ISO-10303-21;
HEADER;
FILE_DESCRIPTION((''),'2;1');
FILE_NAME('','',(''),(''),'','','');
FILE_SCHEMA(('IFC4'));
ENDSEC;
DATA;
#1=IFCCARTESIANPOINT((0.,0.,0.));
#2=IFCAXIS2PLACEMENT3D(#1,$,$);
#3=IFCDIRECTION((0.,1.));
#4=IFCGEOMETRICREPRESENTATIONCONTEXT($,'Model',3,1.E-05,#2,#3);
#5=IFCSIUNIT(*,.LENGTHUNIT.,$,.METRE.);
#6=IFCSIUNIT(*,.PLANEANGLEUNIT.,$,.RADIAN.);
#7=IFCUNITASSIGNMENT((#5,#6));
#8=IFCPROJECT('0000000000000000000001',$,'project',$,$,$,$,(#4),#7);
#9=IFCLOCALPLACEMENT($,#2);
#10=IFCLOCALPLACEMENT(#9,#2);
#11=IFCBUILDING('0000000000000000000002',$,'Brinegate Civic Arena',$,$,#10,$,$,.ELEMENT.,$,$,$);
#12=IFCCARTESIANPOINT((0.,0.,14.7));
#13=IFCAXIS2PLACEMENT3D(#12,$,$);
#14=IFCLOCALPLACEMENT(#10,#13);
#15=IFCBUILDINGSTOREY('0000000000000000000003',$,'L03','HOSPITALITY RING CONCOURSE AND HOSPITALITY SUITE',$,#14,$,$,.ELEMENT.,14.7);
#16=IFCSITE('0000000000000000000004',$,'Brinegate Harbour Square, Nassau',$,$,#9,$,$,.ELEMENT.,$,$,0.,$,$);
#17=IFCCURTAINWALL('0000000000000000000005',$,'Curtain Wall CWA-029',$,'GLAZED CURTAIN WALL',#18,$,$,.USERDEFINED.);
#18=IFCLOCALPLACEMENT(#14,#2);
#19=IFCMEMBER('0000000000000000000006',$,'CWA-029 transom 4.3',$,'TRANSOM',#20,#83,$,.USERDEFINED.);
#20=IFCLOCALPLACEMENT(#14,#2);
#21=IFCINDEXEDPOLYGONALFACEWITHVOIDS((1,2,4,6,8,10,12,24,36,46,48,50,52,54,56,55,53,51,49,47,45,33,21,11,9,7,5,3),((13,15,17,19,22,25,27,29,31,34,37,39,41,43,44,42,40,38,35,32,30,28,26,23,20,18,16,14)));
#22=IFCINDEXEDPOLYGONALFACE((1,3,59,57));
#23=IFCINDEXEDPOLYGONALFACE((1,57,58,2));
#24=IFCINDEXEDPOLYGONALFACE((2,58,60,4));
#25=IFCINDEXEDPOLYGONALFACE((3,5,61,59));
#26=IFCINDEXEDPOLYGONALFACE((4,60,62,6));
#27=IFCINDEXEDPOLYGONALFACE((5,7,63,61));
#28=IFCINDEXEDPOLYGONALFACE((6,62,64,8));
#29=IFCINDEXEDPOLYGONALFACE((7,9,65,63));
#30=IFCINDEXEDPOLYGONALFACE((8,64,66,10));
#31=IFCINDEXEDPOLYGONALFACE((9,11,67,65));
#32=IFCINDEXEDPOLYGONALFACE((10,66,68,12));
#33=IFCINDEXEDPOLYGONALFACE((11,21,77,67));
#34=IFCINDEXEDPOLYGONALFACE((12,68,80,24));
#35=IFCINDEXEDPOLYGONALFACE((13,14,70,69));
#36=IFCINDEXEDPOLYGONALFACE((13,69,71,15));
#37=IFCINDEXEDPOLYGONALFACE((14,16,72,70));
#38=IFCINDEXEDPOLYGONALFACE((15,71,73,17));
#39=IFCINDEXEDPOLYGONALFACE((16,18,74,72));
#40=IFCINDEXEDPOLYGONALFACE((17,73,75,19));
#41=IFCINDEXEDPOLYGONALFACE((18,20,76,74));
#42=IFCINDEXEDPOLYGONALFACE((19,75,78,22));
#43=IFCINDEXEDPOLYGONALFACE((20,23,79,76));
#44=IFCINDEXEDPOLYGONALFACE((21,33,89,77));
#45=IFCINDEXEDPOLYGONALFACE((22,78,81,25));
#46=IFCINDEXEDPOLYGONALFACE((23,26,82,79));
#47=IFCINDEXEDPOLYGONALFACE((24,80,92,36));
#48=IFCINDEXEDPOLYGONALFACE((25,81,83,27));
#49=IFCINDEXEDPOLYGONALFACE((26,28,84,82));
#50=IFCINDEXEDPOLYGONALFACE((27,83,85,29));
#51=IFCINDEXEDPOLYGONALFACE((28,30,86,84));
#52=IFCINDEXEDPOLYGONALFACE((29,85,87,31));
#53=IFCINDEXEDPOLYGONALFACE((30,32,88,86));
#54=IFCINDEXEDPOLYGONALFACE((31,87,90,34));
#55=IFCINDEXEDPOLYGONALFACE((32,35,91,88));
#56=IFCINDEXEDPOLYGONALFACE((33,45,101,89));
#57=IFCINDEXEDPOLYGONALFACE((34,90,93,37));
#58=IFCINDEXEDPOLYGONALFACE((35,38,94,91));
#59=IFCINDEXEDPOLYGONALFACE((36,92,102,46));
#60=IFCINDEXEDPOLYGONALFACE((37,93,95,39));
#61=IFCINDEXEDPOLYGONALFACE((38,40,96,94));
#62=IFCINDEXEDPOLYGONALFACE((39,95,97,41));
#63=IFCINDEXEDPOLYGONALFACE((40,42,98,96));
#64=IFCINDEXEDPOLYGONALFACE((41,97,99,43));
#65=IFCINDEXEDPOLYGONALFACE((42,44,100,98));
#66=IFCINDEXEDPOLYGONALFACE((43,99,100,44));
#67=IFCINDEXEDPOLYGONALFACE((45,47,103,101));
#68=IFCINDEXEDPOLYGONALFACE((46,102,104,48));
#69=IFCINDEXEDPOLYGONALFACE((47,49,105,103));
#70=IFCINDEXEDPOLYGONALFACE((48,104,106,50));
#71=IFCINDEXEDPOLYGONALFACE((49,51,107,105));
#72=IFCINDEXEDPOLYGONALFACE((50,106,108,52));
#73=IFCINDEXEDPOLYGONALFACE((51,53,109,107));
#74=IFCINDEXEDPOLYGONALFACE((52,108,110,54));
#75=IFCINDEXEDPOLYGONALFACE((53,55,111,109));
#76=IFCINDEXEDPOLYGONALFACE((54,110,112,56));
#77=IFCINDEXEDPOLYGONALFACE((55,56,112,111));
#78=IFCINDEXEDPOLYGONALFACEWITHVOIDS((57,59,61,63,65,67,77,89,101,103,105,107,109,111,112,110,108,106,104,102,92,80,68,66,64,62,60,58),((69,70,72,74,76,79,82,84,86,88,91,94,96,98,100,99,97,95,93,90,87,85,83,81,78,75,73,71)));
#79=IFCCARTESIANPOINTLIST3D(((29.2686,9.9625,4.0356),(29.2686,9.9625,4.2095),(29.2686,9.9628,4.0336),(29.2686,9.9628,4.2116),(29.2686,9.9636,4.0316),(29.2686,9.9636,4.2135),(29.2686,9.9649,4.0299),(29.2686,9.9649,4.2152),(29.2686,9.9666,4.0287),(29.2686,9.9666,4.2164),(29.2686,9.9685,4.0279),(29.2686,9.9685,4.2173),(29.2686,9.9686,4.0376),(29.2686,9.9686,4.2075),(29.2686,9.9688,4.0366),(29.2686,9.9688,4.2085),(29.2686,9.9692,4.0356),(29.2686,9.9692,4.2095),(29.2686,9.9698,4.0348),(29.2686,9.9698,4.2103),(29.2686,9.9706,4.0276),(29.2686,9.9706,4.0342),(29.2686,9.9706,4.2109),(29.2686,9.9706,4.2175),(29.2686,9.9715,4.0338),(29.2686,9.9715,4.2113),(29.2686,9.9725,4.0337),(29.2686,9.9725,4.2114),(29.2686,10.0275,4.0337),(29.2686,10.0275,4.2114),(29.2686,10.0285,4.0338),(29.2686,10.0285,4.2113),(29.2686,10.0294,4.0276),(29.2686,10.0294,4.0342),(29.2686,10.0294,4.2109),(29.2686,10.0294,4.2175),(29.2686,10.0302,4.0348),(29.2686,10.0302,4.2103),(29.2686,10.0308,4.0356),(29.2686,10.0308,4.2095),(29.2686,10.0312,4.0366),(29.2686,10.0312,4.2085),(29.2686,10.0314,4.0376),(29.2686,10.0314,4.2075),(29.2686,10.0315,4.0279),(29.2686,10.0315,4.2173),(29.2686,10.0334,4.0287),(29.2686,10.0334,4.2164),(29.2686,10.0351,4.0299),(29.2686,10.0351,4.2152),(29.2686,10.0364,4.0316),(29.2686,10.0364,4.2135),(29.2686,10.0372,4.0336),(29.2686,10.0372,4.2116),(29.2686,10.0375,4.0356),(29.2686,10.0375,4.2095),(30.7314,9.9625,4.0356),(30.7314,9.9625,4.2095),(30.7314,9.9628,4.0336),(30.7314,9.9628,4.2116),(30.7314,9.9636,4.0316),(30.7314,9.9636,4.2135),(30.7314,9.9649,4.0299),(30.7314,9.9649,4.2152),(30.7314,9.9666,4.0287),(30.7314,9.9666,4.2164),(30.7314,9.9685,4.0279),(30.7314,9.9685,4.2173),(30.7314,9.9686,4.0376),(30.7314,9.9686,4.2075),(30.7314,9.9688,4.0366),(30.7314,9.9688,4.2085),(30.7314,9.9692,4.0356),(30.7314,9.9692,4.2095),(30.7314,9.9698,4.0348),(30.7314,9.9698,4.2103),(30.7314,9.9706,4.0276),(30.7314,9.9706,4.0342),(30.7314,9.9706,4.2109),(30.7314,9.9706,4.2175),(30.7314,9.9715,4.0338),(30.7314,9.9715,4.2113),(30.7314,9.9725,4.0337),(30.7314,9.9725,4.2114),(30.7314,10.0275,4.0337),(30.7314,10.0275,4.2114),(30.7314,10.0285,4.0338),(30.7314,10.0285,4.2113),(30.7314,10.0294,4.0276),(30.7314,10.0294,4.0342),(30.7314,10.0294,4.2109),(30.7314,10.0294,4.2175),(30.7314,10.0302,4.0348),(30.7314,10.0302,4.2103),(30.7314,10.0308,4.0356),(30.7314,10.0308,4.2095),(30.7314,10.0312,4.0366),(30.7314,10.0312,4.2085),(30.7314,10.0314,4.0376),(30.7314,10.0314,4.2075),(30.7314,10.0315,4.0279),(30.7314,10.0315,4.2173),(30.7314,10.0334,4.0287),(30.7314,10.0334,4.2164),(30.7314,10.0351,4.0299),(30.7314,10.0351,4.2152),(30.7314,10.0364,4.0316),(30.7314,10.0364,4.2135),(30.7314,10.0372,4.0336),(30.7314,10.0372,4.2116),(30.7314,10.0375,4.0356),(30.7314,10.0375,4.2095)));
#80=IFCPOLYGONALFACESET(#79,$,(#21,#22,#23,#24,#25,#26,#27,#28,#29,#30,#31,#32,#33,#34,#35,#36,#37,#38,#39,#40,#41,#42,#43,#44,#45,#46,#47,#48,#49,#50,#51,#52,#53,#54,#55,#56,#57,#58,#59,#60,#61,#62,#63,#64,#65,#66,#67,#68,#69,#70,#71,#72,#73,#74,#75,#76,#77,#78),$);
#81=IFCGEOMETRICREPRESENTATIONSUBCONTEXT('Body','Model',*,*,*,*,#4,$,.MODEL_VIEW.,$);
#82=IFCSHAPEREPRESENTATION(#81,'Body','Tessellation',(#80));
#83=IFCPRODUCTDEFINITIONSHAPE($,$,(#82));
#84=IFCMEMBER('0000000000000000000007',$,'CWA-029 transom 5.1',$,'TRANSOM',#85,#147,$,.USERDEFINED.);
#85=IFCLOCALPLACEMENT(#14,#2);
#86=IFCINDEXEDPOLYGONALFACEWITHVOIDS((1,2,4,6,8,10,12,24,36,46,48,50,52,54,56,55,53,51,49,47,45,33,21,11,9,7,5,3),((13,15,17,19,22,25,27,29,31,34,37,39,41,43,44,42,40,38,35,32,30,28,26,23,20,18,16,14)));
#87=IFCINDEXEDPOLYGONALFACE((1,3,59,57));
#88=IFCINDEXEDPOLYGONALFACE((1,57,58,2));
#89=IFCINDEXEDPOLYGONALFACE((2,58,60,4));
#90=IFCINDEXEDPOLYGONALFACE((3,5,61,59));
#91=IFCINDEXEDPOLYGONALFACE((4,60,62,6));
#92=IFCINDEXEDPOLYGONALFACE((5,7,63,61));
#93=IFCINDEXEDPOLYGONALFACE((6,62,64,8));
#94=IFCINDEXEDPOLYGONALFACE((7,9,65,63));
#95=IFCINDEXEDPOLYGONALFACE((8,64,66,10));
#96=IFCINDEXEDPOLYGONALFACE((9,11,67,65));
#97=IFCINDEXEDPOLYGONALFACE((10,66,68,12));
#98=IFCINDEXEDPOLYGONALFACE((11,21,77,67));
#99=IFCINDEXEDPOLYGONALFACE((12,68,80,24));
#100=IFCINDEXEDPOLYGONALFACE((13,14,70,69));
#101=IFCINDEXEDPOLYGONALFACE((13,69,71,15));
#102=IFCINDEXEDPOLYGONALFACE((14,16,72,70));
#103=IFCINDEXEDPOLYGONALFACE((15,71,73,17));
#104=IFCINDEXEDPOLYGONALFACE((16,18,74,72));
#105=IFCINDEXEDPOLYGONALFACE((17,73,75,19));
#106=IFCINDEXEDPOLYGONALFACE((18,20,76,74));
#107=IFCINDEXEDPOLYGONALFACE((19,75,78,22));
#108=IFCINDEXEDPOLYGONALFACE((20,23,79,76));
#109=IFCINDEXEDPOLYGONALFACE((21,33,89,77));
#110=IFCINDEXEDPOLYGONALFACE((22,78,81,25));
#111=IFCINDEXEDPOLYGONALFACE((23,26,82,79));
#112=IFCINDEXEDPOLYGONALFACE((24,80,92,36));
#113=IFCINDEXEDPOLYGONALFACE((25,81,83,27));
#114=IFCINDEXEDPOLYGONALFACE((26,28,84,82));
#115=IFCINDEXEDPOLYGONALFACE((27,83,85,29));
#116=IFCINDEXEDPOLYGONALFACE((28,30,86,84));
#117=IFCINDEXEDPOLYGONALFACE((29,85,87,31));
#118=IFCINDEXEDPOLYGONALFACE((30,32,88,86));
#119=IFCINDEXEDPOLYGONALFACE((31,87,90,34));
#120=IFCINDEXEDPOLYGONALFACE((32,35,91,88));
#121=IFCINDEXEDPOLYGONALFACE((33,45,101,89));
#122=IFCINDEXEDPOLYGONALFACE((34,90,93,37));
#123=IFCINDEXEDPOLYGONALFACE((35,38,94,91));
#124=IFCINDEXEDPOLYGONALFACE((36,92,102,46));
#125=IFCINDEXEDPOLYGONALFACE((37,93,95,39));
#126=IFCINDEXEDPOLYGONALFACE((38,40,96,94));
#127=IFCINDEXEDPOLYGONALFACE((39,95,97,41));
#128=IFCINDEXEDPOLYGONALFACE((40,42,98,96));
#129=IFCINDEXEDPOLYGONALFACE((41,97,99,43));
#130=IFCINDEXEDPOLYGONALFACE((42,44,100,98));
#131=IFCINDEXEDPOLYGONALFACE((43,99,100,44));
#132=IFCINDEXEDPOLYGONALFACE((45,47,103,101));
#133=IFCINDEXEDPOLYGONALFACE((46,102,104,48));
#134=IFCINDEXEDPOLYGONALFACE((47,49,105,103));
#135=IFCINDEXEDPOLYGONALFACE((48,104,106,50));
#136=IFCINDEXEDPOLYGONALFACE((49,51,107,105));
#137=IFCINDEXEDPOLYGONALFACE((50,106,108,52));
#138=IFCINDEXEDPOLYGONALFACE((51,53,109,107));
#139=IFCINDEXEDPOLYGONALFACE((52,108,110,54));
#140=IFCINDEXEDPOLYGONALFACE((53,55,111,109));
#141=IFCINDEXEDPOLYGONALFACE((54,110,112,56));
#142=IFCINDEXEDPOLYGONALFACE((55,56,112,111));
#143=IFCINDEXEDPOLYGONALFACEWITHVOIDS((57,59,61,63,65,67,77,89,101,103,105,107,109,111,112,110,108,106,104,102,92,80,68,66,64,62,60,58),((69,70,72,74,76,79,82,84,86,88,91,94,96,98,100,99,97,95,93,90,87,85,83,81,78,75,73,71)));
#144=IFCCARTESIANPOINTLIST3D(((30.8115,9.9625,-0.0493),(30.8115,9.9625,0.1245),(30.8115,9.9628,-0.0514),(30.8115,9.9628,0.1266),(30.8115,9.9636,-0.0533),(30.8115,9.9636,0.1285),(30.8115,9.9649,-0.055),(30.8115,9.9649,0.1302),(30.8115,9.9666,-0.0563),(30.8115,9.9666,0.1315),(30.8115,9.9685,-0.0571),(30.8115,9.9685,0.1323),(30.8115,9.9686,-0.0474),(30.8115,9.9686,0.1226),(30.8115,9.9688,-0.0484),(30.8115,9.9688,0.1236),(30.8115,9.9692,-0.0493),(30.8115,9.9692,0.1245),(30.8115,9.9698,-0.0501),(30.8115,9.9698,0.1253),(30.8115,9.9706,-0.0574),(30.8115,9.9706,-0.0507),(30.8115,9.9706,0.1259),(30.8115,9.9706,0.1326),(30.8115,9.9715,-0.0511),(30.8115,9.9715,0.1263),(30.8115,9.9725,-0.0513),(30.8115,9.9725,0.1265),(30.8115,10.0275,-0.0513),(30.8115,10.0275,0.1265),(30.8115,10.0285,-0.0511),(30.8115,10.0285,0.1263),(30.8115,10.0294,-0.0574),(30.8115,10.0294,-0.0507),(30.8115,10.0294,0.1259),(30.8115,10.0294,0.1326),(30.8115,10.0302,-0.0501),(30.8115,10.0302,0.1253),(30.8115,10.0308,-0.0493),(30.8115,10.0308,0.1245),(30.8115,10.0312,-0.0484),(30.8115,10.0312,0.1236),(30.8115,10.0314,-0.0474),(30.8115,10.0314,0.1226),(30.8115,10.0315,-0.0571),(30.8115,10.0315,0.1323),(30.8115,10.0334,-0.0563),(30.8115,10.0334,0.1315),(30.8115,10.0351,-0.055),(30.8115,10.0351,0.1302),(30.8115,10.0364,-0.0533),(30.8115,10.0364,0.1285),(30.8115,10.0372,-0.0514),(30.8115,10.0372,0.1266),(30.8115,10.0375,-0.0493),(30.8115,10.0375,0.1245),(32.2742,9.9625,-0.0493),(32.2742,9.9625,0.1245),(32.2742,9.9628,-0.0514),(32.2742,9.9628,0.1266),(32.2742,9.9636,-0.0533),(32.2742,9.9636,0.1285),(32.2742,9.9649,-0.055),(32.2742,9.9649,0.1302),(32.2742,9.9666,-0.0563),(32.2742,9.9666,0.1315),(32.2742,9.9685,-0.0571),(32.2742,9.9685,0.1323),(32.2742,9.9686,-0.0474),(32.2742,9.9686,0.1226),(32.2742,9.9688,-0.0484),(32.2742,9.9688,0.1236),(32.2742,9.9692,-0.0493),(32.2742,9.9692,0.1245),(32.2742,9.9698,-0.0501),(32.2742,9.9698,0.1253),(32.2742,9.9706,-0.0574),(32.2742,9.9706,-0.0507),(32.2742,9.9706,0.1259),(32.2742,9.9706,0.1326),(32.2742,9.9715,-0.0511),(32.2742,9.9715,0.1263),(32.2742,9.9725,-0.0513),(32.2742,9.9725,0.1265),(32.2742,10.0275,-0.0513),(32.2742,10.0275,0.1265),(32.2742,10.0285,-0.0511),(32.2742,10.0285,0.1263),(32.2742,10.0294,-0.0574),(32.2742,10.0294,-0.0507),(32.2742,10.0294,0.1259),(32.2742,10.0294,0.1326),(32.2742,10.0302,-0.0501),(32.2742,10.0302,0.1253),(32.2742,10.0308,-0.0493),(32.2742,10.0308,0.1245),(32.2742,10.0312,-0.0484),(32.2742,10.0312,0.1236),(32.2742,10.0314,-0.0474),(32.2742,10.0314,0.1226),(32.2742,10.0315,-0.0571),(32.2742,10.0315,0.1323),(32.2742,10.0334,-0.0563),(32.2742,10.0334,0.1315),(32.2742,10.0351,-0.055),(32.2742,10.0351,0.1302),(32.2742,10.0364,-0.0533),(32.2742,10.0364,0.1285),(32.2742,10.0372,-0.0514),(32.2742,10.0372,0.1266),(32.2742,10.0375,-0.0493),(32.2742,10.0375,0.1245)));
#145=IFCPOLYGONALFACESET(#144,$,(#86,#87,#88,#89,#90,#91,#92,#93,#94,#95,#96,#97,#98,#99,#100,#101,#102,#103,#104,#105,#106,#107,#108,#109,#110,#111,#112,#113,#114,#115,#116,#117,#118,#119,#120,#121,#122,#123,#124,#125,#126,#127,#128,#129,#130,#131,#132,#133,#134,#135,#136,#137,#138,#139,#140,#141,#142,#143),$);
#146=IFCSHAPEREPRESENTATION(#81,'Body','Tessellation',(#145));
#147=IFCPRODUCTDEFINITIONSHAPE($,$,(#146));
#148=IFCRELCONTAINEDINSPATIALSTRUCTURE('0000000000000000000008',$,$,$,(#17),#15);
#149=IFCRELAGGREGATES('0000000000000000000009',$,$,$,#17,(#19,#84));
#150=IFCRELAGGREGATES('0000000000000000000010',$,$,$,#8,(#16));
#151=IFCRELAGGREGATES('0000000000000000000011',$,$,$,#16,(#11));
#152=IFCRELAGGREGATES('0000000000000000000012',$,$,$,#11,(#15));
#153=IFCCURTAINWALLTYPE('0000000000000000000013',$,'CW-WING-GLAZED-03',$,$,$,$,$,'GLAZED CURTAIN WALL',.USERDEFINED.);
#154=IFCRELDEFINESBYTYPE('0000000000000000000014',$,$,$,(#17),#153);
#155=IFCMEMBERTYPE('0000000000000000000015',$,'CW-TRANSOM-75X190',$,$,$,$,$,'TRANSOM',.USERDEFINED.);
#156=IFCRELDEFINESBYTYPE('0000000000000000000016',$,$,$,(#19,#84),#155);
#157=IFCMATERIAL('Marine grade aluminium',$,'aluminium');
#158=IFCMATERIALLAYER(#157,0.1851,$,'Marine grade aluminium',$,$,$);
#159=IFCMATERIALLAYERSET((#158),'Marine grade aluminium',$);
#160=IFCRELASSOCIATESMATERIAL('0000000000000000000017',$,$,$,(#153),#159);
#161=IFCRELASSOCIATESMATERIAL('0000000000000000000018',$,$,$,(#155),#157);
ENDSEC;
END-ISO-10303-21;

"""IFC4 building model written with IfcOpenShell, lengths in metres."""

from ifc_helpers import new_model, si_unit, direction, frame, origin, origin_2d, place, context, subcontext, project, spatial, hollow_rectangle, extrude, material, layer, layer_set, material_profile, profile_set, type_object, element, aggregate, save


model = new_model("IFC4")

# Units and contexts
model_context = context("Model", 3, precision=1e-05, world=origin(), true_north=direction((0.0, 1.0)))
body_context = subcontext(model_context, "Body", "Model", "MODEL_VIEW")
ifc_project = project(units=[si_unit("LENGTHUNIT", "METRE"), si_unit("PLANEANGLEUNIT", "RADIAN")], contexts=[model_context])

# Site, building, storey
site_placement = place(None, origin())
site = spatial("IfcSite", under=ifc_project, at=site_placement, Name="Brinegate Harbour Square, Nassau", CompositionType="ELEMENT", RefElevation=0.0)
building_placement = place(site_placement, origin())
building = spatial("IfcBuilding", under=site, at=building_placement, Name="Brinegate Civic Arena", CompositionType="ELEMENT")
storey_placement = place(building_placement, frame((0.0, 0.0, 14.7)))
storey = spatial("IfcBuildingStorey", under=building, at=storey_placement, Name="L03", Description="HOSPITALITY RING CONCOURSE AND HOSPITALITY SUITE", CompositionType="ELEMENT", Elevation=14.7)

# Curtain wall, members
ifc_material_1 = material(Name="Marine grade aluminium", Category="aluminium")
ifc_layer_1 = layer(ifc_material_1, 0.1851, Name="Marine grade aluminium")
ifc_layer_set_1 = layer_set([ifc_layer_1], Name="Marine grade aluminium")
curtain_wall_type = type_object("IfcCurtainWallType", Name="CW-WING-GLAZED-03", ElementType="GLAZED CURTAIN WALL", PredefinedType="USERDEFINED", material=ifc_layer_set_1)
curtain_wall_placement = place(storey_placement, origin())
curtain_wall = element("IfcCurtainWall", 1, at=curtain_wall_placement, inside=storey, type_object=curtain_wall_type, Name="Curtain Wall CWA-029", ObjectType="GLAZED CURTAIN WALL", PredefinedType="USERDEFINED")
ifc_material_profile_1 = material_profile(ifc_material_1, hollow_rectangle(XDim=0.075, YDim=0.1899, WallThickness=0.0061, InnerFilletRadius=0.0039, OuterFilletRadius=0.0081, at=origin_2d()), Name="TRN75X190")
ifc_profile_set_1 = profile_set([ifc_material_profile_1], Name="Marine grade aluminium")
member_type_1 = type_object("IfcMemberType", Name="CW-TRANSOM-75X190", ElementType="TRANSOM", PredefinedType="USERDEFINED", material=ifc_profile_set_1)
member_1_placement = place(storey_placement, frame((29.2686, 10.0, 4.1226), z_axis=(1.0, 0.0, 0.0), x_axis=(0.0, 1.0, 0.0)))
member_1 = element("IfcMember", 2, at=member_1_placement, type_object=member_type_1, Name="CWA-029 transom 4.3", ObjectType="TRANSOM", PredefinedType="USERDEFINED", context=body_context, shape_type="SweptSolid", body=[
    extrude(hollow_rectangle(XDim=0.075, YDim=0.1899, WallThickness=0.0061, InnerFilletRadius=0.0039, OuterFilletRadius=0.0081, at=origin_2d()), origin(), (0.0, 0.0, 1.0), 1.4629),
])
member_2_placement = place(storey_placement, frame((30.8115, 10.0, 0.0376), z_axis=(1.0, 0.0, 0.0), x_axis=(0.0, 1.0, 0.0)))
member_2 = element("IfcMember", 3, at=member_2_placement, type_object=member_type_1, Name="CWA-029 transom 5.1", ObjectType="TRANSOM", PredefinedType="USERDEFINED", context=body_context, shape_type="SweptSolid", body=[
    extrude(hollow_rectangle(XDim=0.075, YDim=0.1899, WallThickness=0.0061, InnerFilletRadius=0.0039, OuterFilletRadius=0.0081, at=origin_2d()), origin(), (0.0, 0.0, 1.0), 1.4626),
])
aggregate(curtain_wall, [member_1, member_2])

save(model, "model.ifc")
